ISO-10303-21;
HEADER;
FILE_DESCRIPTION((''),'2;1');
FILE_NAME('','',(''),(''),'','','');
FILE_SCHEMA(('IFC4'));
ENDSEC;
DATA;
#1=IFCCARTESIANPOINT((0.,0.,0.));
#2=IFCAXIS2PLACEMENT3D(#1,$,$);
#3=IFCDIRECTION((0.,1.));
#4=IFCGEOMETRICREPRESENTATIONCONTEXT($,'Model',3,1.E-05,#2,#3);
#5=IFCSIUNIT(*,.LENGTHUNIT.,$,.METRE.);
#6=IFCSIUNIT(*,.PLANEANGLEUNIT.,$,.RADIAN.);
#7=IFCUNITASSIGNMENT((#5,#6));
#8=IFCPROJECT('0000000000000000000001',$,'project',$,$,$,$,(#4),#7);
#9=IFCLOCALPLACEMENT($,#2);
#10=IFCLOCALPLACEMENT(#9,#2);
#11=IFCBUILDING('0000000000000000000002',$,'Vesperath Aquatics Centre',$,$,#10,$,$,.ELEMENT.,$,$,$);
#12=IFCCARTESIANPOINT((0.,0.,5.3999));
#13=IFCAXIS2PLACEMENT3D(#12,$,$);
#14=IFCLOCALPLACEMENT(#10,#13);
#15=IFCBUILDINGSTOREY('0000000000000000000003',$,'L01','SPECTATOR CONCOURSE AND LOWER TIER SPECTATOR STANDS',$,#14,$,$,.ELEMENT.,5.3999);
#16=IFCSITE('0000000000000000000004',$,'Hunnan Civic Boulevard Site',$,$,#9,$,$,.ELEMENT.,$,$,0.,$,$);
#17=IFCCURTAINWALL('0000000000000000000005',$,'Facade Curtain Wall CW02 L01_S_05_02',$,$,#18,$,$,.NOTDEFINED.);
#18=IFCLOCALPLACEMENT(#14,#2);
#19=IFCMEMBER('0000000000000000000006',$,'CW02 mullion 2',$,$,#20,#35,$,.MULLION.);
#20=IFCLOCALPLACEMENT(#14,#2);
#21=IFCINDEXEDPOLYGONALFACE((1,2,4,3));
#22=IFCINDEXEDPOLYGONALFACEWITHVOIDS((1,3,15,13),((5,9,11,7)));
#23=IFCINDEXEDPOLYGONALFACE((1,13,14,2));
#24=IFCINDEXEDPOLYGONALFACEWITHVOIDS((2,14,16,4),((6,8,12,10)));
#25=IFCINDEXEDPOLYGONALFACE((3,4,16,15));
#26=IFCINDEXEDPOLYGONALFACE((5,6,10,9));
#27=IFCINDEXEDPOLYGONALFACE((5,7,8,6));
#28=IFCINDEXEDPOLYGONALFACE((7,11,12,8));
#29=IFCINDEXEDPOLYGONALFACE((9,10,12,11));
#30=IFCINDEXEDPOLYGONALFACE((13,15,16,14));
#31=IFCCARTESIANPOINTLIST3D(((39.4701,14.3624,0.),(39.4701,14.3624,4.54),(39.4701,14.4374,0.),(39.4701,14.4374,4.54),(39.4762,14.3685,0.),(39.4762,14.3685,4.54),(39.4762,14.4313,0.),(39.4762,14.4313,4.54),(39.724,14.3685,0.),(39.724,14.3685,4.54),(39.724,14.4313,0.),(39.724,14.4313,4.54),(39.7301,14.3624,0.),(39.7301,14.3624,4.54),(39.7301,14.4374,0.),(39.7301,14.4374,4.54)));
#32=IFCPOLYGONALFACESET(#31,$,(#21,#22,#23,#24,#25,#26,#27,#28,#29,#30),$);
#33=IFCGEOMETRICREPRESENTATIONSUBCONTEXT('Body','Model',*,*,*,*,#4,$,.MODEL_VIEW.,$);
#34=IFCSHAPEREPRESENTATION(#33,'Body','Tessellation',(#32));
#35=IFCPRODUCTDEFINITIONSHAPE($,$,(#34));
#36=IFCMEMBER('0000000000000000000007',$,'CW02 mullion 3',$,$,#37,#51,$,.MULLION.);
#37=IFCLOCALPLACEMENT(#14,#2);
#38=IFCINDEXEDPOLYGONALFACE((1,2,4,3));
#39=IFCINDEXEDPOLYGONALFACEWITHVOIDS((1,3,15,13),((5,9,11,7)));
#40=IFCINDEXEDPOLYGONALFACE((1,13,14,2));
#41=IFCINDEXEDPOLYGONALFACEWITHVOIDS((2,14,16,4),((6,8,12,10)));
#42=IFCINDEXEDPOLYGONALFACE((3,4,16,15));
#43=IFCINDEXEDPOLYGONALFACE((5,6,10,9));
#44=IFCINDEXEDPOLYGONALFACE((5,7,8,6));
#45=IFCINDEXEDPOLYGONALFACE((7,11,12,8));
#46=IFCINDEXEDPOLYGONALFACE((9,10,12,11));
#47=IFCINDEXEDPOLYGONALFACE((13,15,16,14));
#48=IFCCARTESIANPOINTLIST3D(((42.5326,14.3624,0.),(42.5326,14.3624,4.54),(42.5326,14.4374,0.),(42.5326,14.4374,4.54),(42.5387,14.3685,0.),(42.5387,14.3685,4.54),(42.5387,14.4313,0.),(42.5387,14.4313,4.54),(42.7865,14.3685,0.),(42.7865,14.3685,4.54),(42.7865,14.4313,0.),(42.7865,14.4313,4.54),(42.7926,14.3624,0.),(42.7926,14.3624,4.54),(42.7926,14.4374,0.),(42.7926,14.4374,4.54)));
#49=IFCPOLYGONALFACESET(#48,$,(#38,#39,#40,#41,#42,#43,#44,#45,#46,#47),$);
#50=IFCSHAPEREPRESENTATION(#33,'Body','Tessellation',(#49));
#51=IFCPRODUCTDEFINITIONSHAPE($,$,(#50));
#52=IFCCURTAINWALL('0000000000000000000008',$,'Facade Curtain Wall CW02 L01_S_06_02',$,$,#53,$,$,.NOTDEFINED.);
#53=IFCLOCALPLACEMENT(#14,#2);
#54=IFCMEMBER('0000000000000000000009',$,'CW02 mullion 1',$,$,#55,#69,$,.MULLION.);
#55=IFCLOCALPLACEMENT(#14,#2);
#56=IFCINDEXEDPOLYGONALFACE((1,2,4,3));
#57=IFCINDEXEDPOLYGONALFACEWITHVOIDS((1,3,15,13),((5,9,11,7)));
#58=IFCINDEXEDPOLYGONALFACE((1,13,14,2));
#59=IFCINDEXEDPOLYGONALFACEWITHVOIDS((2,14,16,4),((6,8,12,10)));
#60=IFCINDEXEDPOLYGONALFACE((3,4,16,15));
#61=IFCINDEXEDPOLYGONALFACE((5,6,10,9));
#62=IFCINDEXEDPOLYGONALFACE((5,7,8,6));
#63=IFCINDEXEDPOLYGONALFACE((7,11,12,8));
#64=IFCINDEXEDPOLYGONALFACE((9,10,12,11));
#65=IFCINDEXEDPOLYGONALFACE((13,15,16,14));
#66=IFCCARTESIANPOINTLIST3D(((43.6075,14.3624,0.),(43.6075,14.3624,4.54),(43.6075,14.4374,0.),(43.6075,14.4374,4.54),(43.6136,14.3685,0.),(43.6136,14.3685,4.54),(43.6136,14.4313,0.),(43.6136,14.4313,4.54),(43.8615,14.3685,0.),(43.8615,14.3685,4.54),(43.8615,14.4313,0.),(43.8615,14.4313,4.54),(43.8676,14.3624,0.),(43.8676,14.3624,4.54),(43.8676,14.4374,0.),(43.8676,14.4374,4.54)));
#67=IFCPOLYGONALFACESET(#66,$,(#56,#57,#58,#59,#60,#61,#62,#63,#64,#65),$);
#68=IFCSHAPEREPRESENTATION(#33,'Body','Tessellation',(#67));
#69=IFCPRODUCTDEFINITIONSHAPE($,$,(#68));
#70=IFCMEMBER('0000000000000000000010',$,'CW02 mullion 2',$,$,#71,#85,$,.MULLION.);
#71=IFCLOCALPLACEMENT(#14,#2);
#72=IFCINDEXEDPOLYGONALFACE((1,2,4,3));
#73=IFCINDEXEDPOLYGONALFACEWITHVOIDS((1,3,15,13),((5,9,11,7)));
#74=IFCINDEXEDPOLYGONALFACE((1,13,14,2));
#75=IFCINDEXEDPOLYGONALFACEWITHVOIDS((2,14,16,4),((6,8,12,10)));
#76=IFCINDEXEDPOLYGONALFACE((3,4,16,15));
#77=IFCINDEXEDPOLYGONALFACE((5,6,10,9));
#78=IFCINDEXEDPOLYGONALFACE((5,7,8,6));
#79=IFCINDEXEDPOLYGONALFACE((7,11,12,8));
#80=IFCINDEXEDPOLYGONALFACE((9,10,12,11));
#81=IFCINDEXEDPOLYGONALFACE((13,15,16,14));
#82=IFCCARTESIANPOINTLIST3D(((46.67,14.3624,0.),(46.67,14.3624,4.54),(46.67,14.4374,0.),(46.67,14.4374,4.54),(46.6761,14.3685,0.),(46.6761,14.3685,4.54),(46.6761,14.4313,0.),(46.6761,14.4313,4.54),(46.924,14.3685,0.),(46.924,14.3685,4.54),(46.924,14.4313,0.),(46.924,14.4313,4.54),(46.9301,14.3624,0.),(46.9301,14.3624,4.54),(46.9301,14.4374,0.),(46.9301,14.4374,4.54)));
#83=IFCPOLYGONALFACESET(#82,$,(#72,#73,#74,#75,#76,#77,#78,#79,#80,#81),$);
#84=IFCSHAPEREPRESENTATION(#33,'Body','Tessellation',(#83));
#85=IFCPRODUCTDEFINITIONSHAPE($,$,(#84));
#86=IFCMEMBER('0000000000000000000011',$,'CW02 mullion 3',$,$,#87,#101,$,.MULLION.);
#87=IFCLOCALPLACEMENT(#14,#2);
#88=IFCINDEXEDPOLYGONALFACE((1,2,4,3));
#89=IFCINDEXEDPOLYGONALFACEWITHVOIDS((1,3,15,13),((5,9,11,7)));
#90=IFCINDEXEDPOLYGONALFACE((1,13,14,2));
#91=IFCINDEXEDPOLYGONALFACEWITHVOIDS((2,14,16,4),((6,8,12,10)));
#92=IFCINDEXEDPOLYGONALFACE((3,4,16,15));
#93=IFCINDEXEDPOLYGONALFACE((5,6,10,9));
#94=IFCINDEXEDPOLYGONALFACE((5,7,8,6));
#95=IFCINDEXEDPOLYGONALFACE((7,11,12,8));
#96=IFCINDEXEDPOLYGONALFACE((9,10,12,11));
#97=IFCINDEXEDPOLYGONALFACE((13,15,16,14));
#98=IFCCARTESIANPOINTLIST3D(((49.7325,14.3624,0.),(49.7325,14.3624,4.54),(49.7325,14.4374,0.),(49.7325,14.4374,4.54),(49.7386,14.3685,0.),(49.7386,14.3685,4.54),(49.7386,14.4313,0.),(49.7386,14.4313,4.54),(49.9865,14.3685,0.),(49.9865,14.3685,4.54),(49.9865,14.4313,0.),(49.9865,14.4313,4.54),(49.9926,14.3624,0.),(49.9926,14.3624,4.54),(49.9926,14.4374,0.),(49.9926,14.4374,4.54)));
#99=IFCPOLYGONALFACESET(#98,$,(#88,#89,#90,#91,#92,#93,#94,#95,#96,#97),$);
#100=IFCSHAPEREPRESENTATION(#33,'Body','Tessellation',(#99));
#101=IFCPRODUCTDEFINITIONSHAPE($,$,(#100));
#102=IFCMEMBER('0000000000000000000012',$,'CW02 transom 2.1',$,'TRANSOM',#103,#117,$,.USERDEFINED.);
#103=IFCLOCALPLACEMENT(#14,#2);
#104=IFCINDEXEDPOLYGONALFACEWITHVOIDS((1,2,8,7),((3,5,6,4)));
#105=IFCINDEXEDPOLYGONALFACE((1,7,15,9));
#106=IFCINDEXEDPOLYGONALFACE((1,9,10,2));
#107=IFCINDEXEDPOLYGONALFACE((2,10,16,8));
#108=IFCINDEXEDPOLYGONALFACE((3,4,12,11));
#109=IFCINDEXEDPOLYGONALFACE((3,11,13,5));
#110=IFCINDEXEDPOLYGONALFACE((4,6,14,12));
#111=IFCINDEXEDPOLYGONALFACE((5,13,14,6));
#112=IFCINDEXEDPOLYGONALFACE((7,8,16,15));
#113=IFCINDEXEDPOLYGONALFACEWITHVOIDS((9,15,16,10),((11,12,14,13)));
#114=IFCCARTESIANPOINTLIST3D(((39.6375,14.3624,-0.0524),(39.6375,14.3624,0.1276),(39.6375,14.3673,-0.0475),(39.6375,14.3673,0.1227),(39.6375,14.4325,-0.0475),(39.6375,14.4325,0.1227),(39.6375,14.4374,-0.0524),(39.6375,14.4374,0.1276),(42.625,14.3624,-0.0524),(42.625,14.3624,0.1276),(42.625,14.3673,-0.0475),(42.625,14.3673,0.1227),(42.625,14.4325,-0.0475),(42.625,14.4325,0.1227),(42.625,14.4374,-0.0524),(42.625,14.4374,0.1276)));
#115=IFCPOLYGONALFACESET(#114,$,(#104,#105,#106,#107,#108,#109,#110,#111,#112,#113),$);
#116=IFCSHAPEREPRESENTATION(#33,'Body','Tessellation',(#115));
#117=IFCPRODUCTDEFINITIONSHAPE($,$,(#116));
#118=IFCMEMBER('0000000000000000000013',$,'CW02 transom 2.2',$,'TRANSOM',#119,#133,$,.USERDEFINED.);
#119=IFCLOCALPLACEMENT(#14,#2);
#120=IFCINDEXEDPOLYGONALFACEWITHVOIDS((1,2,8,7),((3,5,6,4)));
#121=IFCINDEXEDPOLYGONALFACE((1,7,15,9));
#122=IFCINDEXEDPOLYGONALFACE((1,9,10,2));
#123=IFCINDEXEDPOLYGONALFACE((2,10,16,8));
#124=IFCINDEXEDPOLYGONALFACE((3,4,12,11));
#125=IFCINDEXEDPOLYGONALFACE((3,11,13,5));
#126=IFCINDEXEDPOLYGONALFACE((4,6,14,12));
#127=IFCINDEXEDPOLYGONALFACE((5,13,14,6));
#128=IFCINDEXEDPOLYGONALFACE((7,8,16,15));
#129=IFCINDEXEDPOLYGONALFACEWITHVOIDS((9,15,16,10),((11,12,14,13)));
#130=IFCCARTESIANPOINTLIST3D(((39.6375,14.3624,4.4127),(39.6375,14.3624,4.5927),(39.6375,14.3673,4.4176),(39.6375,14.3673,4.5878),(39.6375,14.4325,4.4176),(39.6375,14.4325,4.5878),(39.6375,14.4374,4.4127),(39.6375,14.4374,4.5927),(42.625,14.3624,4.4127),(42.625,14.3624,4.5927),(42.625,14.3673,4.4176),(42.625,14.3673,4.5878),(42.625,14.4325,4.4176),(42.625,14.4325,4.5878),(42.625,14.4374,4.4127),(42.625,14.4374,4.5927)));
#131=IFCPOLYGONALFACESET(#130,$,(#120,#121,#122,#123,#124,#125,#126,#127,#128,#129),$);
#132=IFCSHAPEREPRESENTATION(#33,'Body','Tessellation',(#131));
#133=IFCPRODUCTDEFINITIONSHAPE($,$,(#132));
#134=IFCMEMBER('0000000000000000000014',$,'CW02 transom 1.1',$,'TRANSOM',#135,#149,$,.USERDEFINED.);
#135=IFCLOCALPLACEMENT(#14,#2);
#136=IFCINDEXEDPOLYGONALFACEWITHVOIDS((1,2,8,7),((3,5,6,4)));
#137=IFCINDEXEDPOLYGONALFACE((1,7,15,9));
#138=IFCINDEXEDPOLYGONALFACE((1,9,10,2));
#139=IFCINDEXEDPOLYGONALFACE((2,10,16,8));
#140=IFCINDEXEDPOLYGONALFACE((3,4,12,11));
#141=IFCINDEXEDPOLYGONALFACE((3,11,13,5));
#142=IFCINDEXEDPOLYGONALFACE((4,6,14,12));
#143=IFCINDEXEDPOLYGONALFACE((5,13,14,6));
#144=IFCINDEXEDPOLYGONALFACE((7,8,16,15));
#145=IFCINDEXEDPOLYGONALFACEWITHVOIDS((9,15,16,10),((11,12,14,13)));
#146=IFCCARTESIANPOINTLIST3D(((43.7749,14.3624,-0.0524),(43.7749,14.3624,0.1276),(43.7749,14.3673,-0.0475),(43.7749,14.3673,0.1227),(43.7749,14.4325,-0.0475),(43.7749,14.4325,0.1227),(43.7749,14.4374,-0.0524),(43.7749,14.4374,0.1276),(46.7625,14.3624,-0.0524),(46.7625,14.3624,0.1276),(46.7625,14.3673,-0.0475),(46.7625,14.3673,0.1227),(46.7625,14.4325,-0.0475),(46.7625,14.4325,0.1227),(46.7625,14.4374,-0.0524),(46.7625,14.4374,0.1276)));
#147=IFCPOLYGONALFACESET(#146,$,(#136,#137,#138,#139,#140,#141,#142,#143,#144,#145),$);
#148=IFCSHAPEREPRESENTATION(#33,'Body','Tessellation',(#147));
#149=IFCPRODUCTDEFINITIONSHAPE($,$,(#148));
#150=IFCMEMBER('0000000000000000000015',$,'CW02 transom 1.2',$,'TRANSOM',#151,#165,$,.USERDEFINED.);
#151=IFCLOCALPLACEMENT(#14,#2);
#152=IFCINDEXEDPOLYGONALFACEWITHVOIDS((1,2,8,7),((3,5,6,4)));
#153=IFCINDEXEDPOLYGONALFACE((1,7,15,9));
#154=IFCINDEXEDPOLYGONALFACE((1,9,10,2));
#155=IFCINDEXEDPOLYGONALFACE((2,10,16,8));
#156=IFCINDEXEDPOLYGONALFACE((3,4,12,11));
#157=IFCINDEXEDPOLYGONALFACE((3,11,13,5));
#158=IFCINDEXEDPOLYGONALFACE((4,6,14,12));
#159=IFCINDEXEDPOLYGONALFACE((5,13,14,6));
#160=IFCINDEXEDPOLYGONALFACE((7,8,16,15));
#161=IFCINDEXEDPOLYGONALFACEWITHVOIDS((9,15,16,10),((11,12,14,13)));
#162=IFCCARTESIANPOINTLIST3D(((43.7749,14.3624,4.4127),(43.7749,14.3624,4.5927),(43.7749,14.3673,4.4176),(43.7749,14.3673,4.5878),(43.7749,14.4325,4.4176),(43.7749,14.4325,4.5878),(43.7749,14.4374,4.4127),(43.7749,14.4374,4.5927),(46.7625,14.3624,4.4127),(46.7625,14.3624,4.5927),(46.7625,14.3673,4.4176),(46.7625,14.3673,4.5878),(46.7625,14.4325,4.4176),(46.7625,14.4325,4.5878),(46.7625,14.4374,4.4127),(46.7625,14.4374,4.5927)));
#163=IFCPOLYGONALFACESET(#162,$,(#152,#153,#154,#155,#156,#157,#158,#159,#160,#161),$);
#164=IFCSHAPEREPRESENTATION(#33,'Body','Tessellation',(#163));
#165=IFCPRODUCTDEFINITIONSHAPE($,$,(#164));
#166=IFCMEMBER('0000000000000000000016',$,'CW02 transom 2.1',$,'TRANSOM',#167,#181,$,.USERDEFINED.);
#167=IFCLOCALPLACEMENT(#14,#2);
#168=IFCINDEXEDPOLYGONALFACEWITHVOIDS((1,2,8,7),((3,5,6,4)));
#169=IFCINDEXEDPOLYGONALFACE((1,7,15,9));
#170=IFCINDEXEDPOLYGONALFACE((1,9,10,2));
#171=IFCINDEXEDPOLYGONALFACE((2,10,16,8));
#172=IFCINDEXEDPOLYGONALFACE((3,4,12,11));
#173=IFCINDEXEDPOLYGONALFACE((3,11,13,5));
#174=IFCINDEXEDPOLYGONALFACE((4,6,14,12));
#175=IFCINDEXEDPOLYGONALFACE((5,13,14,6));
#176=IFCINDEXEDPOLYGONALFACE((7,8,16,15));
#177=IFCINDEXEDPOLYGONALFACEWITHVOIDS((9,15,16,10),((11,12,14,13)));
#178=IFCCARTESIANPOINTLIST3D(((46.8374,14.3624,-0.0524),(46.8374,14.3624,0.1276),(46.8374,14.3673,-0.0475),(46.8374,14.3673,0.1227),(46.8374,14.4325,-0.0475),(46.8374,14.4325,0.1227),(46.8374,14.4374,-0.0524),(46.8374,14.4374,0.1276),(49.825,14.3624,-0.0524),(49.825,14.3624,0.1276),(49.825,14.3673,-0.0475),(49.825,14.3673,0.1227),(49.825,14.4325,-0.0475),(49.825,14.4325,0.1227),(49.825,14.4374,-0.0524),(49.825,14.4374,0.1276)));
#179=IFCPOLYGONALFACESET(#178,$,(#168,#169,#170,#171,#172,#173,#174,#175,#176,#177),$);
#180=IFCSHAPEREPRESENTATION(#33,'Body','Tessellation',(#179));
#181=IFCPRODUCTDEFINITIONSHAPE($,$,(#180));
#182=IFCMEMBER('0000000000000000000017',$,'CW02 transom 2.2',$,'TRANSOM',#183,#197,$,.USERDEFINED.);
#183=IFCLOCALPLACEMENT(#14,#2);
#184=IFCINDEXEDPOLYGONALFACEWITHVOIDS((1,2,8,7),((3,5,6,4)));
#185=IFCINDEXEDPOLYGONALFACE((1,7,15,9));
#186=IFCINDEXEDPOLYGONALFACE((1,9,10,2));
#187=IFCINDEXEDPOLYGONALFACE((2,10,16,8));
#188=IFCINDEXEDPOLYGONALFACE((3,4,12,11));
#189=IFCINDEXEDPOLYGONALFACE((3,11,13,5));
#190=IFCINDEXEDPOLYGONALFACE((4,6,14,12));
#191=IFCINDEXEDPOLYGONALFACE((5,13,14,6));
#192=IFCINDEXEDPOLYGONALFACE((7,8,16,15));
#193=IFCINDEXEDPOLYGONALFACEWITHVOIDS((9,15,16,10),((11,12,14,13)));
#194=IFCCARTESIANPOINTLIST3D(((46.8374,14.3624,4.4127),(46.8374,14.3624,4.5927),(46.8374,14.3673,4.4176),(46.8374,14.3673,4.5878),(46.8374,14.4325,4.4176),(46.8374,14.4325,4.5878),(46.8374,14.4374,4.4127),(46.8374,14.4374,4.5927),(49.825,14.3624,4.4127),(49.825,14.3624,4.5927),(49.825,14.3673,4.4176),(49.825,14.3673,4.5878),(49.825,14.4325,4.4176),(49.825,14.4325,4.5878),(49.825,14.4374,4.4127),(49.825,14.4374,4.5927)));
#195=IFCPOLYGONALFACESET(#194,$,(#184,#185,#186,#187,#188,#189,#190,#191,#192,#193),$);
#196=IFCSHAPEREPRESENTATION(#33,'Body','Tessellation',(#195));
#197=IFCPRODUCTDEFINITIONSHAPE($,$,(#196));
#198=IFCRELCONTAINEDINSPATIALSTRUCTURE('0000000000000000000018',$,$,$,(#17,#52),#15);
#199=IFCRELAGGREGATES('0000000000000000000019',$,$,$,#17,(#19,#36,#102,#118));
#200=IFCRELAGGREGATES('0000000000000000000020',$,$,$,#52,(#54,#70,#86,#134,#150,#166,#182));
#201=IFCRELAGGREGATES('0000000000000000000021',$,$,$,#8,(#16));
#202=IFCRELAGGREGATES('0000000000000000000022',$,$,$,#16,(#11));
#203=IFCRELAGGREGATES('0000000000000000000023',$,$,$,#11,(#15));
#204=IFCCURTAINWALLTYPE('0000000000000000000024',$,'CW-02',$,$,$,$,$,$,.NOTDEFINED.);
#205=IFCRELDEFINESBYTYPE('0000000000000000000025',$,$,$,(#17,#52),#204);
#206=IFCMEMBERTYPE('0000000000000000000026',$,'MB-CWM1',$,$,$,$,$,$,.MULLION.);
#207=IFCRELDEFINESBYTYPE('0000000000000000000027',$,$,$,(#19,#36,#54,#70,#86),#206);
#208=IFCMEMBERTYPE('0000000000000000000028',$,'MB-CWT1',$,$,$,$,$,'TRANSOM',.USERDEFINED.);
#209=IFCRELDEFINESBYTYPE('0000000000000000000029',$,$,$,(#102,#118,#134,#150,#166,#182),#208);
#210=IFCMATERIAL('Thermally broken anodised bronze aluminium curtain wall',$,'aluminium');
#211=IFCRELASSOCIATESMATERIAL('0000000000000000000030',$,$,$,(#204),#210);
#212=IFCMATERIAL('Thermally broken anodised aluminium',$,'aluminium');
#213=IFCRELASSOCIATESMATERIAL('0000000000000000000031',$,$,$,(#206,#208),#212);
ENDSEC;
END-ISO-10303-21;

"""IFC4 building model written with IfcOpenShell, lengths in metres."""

from ifc_helpers import new_model, si_unit, direction, frame, origin, origin_2d, place, context, subcontext, project, spatial, hollow_rectangle, extrude, material, material_profile, profile_set, type_object, element, aggregate, save


model = new_model("IFC4")

# Units and contexts
model_context = context("Model", 3, precision=1e-05, world=origin(), true_north=direction((0.0, 1.0)))
body_context = subcontext(model_context, "Body", "Model", "MODEL_VIEW")
ifc_project = project(units=[si_unit("LENGTHUNIT", "METRE"), si_unit("PLANEANGLEUNIT", "RADIAN")], contexts=[model_context])

# Site, building, storey
site_placement = place(None, origin())
site = spatial("IfcSite", under=ifc_project, at=site_placement, Name="Hunnan Civic Boulevard Site", CompositionType="ELEMENT", RefElevation=0.0)
building_placement = place(site_placement, origin())
building = spatial("IfcBuilding", under=site, at=building_placement, Name="Vesperath Aquatics Centre", CompositionType="ELEMENT")
storey_placement = place(building_placement, frame((0.0, 0.0, 5.3999)))
storey = spatial("IfcBuildingStorey", under=building, at=storey_placement, Name="L01", Description="SPECTATOR CONCOURSE AND LOWER TIER SPECTATOR STANDS", CompositionType="ELEMENT", Elevation=5.3999)

# Curtain walls, members
ifc_material_1 = material(Name="Thermally broken anodised bronze aluminium curtain wall", Category="aluminium")
curtain_wall_type = type_object("IfcCurtainWallType", Name="CW-02", PredefinedType="NOTDEFINED", material=ifc_material_1)
curtain_wall_1_placement = place(storey_placement, origin())
curtain_wall_1 = element("IfcCurtainWall", 1, at=curtain_wall_1_placement, inside=storey, type_object=curtain_wall_type, Name="Facade Curtain Wall CW02 L01_S_05_02", PredefinedType="NOTDEFINED")
ifc_material_2 = material(Name="Thermally broken anodised aluminium", Category="aluminium")
ifc_material_profile_1 = material_profile(ifc_material_2, hollow_rectangle(XDim=0.075, YDim=0.26, WallThickness=0.0061, at=origin_2d()), Name="CWM 75x260x6")
ifc_profile_set_1 = profile_set([ifc_material_profile_1], Name="Thermally broken anodised aluminium")
member_type_1 = type_object("IfcMemberType", Name="MB-CWM1", PredefinedType="MULLION", material=ifc_profile_set_1)
member_1_placement = place(storey_placement, frame((39.6001, 14.3999, 0.0), z_axis=(0.0, 0.0, 1.0), x_axis=(0.0, 1.0, 0.0)))
member_1 = element("IfcMember", 2, at=member_1_placement, type_object=member_type_1, Name="CW02 mullion 2", PredefinedType="MULLION", context=body_context, shape_type="SweptSolid", body=[
    extrude(hollow_rectangle(XDim=0.075, YDim=0.26, WallThickness=0.0061, at=origin_2d()), origin(), (0.0, 0.0, 1.0), 4.54),
])
member_2_placement = place(storey_placement, frame((42.6626, 14.3999, 0.0), z_axis=(0.0, 0.0, 1.0), x_axis=(0.0, 1.0, 0.0)))
member_2 = element("IfcMember", 3, at=member_2_placement, type_object=member_type_1, Name="CW02 mullion 3", PredefinedType="MULLION", context=body_context, shape_type="SweptSolid", body=[
    extrude(hollow_rectangle(XDim=0.075, YDim=0.26, WallThickness=0.0061, at=origin_2d()), origin(), (0.0, 0.0, 1.0), 4.54),
])
curtain_wall_2_placement = place(storey_placement, origin())
curtain_wall_2 = element("IfcCurtainWall", 4, at=curtain_wall_2_placement, inside=storey, type_object=curtain_wall_type, Name="Facade Curtain Wall CW02 L01_S_06_02", PredefinedType="NOTDEFINED")
member_3_placement = place(storey_placement, frame((43.7375, 14.3999, 0.0), z_axis=(0.0, 0.0, 1.0), x_axis=(0.0, 1.0, 0.0)))
member_3 = element("IfcMember", 5, at=member_3_placement, type_object=member_type_1, Name="CW02 mullion 1", PredefinedType="MULLION", context=body_context, shape_type="SweptSolid", body=[
    extrude(hollow_rectangle(XDim=0.075, YDim=0.26, WallThickness=0.0061, at=origin_2d()), origin(), (0.0, 0.0, 1.0), 4.54),
])
member_4_placement = place(storey_placement, frame((46.8, 14.3999, 0.0), z_axis=(0.0, 0.0, 1.0), x_axis=(0.0, 1.0, 0.0)))
member_4 = element("IfcMember", 6, at=member_4_placement, type_object=member_type_1, Name="CW02 mullion 2", PredefinedType="MULLION", context=body_context, shape_type="SweptSolid", body=[
    extrude(hollow_rectangle(XDim=0.075, YDim=0.26, WallThickness=0.0061, at=origin_2d()), origin(), (0.0, 0.0, 1.0), 4.54),
])
member_5_placement = place(storey_placement, frame((49.8625, 14.3999, 0.0), z_axis=(0.0, 0.0, 1.0), x_axis=(0.0, 1.0, 0.0)))
member_5 = element("IfcMember", 7, at=member_5_placement, type_object=member_type_1, Name="CW02 mullion 3", PredefinedType="MULLION", context=body_context, shape_type="SweptSolid", body=[
    extrude(hollow_rectangle(XDim=0.075, YDim=0.26, WallThickness=0.0061, at=origin_2d()), origin(), (0.0, 0.0, 1.0), 4.54),
])

# Members
ifc_material_profile_2 = material_profile(ifc_material_2, hollow_rectangle(XDim=0.075, YDim=0.1799, WallThickness=0.0049, at=origin_2d()), Name="CWT 75x180x5")
ifc_profile_set_2 = profile_set([ifc_material_profile_2], Name="Thermally broken anodised aluminium")
member_type_2 = type_object("IfcMemberType", Name="MB-CWT1", ElementType="TRANSOM", PredefinedType="USERDEFINED", material=ifc_profile_set_2)
member_6_placement = place(storey_placement, frame((39.6375, 14.3999, 0.0376), z_axis=(1.0, 0.0, 0.0), x_axis=(0.0, 1.0, 0.0)))
member_6 = element("IfcMember", 8, at=member_6_placement, type_object=member_type_2, Name="CW02 transom 2.1", ObjectType="TRANSOM", PredefinedType="USERDEFINED", context=body_context, shape_type="SweptSolid", body=[
    extrude(hollow_rectangle(XDim=0.075, YDim=0.1799, WallThickness=0.0049, at=origin_2d()), origin(), (0.0, 0.0, 1.0), 2.9875),
])
member_7_placement = place(storey_placement, frame((39.6375, 14.3999, 4.5027), z_axis=(1.0, 0.0, 0.0), x_axis=(0.0, 1.0, 0.0)))
member_7 = element("IfcMember", 9, at=member_7_placement, type_object=member_type_2, Name="CW02 transom 2.2", ObjectType="TRANSOM", PredefinedType="USERDEFINED", context=body_context, shape_type="SweptSolid", body=[
    extrude(hollow_rectangle(XDim=0.075, YDim=0.1799, WallThickness=0.0049, at=origin_2d()), origin(), (0.0, 0.0, 1.0), 2.9875),
])
member_8_placement = place(storey_placement, frame((43.7749, 14.3999, 0.0376), z_axis=(1.0, 0.0, 0.0), x_axis=(0.0, 1.0, 0.0)))
member_8 = element("IfcMember", 10, at=member_8_placement, type_object=member_type_2, Name="CW02 transom 1.1", ObjectType="TRANSOM", PredefinedType="USERDEFINED", context=body_context, shape_type="SweptSolid", body=[
    extrude(hollow_rectangle(XDim=0.075, YDim=0.1799, WallThickness=0.0049, at=origin_2d()), origin(), (0.0, 0.0, 1.0), 2.9875),
])
member_9_placement = place(storey_placement, frame((43.7749, 14.3999, 4.5027), z_axis=(1.0, 0.0, 0.0), x_axis=(0.0, 1.0, 0.0)))
member_9 = element("IfcMember", 11, at=member_9_placement, type_object=member_type_2, Name="CW02 transom 1.2", ObjectType="TRANSOM", PredefinedType="USERDEFINED", context=body_context, shape_type="SweptSolid", body=[
    extrude(hollow_rectangle(XDim=0.075, YDim=0.1799, WallThickness=0.0049, at=origin_2d()), origin(), (0.0, 0.0, 1.0), 2.9875),
])
member_10_placement = place(storey_placement, frame((46.8374, 14.3999, 0.0376), z_axis=(1.0, 0.0, 0.0), x_axis=(0.0, 1.0, 0.0)))
member_10 = element("IfcMember", 12, at=member_10_placement, type_object=member_type_2, Name="CW02 transom 2.1", ObjectType="TRANSOM", PredefinedType="USERDEFINED", context=body_context, shape_type="SweptSolid", body=[
    extrude(hollow_rectangle(XDim=0.075, YDim=0.1799, WallThickness=0.0049, at=origin_2d()), origin(), (0.0, 0.0, 1.0), 2.9875),
])
member_11_placement = place(storey_placement, frame((46.8374, 14.3999, 4.5027), z_axis=(1.0, 0.0, 0.0), x_axis=(0.0, 1.0, 0.0)))
member_11 = element("IfcMember", 13, at=member_11_placement, type_object=member_type_2, Name="CW02 transom 2.2", ObjectType="TRANSOM", PredefinedType="USERDEFINED", context=body_context, shape_type="SweptSolid", body=[
    extrude(hollow_rectangle(XDim=0.075, YDim=0.1799, WallThickness=0.0049, at=origin_2d()), origin(), (0.0, 0.0, 1.0), 2.9875),
])

aggregate(curtain_wall_1, [member_1, member_2, member_6, member_7])
aggregate(curtain_wall_2, [member_3, member_4, member_5, member_8, member_9, member_10, member_11])

save(model, "model.ifc")
